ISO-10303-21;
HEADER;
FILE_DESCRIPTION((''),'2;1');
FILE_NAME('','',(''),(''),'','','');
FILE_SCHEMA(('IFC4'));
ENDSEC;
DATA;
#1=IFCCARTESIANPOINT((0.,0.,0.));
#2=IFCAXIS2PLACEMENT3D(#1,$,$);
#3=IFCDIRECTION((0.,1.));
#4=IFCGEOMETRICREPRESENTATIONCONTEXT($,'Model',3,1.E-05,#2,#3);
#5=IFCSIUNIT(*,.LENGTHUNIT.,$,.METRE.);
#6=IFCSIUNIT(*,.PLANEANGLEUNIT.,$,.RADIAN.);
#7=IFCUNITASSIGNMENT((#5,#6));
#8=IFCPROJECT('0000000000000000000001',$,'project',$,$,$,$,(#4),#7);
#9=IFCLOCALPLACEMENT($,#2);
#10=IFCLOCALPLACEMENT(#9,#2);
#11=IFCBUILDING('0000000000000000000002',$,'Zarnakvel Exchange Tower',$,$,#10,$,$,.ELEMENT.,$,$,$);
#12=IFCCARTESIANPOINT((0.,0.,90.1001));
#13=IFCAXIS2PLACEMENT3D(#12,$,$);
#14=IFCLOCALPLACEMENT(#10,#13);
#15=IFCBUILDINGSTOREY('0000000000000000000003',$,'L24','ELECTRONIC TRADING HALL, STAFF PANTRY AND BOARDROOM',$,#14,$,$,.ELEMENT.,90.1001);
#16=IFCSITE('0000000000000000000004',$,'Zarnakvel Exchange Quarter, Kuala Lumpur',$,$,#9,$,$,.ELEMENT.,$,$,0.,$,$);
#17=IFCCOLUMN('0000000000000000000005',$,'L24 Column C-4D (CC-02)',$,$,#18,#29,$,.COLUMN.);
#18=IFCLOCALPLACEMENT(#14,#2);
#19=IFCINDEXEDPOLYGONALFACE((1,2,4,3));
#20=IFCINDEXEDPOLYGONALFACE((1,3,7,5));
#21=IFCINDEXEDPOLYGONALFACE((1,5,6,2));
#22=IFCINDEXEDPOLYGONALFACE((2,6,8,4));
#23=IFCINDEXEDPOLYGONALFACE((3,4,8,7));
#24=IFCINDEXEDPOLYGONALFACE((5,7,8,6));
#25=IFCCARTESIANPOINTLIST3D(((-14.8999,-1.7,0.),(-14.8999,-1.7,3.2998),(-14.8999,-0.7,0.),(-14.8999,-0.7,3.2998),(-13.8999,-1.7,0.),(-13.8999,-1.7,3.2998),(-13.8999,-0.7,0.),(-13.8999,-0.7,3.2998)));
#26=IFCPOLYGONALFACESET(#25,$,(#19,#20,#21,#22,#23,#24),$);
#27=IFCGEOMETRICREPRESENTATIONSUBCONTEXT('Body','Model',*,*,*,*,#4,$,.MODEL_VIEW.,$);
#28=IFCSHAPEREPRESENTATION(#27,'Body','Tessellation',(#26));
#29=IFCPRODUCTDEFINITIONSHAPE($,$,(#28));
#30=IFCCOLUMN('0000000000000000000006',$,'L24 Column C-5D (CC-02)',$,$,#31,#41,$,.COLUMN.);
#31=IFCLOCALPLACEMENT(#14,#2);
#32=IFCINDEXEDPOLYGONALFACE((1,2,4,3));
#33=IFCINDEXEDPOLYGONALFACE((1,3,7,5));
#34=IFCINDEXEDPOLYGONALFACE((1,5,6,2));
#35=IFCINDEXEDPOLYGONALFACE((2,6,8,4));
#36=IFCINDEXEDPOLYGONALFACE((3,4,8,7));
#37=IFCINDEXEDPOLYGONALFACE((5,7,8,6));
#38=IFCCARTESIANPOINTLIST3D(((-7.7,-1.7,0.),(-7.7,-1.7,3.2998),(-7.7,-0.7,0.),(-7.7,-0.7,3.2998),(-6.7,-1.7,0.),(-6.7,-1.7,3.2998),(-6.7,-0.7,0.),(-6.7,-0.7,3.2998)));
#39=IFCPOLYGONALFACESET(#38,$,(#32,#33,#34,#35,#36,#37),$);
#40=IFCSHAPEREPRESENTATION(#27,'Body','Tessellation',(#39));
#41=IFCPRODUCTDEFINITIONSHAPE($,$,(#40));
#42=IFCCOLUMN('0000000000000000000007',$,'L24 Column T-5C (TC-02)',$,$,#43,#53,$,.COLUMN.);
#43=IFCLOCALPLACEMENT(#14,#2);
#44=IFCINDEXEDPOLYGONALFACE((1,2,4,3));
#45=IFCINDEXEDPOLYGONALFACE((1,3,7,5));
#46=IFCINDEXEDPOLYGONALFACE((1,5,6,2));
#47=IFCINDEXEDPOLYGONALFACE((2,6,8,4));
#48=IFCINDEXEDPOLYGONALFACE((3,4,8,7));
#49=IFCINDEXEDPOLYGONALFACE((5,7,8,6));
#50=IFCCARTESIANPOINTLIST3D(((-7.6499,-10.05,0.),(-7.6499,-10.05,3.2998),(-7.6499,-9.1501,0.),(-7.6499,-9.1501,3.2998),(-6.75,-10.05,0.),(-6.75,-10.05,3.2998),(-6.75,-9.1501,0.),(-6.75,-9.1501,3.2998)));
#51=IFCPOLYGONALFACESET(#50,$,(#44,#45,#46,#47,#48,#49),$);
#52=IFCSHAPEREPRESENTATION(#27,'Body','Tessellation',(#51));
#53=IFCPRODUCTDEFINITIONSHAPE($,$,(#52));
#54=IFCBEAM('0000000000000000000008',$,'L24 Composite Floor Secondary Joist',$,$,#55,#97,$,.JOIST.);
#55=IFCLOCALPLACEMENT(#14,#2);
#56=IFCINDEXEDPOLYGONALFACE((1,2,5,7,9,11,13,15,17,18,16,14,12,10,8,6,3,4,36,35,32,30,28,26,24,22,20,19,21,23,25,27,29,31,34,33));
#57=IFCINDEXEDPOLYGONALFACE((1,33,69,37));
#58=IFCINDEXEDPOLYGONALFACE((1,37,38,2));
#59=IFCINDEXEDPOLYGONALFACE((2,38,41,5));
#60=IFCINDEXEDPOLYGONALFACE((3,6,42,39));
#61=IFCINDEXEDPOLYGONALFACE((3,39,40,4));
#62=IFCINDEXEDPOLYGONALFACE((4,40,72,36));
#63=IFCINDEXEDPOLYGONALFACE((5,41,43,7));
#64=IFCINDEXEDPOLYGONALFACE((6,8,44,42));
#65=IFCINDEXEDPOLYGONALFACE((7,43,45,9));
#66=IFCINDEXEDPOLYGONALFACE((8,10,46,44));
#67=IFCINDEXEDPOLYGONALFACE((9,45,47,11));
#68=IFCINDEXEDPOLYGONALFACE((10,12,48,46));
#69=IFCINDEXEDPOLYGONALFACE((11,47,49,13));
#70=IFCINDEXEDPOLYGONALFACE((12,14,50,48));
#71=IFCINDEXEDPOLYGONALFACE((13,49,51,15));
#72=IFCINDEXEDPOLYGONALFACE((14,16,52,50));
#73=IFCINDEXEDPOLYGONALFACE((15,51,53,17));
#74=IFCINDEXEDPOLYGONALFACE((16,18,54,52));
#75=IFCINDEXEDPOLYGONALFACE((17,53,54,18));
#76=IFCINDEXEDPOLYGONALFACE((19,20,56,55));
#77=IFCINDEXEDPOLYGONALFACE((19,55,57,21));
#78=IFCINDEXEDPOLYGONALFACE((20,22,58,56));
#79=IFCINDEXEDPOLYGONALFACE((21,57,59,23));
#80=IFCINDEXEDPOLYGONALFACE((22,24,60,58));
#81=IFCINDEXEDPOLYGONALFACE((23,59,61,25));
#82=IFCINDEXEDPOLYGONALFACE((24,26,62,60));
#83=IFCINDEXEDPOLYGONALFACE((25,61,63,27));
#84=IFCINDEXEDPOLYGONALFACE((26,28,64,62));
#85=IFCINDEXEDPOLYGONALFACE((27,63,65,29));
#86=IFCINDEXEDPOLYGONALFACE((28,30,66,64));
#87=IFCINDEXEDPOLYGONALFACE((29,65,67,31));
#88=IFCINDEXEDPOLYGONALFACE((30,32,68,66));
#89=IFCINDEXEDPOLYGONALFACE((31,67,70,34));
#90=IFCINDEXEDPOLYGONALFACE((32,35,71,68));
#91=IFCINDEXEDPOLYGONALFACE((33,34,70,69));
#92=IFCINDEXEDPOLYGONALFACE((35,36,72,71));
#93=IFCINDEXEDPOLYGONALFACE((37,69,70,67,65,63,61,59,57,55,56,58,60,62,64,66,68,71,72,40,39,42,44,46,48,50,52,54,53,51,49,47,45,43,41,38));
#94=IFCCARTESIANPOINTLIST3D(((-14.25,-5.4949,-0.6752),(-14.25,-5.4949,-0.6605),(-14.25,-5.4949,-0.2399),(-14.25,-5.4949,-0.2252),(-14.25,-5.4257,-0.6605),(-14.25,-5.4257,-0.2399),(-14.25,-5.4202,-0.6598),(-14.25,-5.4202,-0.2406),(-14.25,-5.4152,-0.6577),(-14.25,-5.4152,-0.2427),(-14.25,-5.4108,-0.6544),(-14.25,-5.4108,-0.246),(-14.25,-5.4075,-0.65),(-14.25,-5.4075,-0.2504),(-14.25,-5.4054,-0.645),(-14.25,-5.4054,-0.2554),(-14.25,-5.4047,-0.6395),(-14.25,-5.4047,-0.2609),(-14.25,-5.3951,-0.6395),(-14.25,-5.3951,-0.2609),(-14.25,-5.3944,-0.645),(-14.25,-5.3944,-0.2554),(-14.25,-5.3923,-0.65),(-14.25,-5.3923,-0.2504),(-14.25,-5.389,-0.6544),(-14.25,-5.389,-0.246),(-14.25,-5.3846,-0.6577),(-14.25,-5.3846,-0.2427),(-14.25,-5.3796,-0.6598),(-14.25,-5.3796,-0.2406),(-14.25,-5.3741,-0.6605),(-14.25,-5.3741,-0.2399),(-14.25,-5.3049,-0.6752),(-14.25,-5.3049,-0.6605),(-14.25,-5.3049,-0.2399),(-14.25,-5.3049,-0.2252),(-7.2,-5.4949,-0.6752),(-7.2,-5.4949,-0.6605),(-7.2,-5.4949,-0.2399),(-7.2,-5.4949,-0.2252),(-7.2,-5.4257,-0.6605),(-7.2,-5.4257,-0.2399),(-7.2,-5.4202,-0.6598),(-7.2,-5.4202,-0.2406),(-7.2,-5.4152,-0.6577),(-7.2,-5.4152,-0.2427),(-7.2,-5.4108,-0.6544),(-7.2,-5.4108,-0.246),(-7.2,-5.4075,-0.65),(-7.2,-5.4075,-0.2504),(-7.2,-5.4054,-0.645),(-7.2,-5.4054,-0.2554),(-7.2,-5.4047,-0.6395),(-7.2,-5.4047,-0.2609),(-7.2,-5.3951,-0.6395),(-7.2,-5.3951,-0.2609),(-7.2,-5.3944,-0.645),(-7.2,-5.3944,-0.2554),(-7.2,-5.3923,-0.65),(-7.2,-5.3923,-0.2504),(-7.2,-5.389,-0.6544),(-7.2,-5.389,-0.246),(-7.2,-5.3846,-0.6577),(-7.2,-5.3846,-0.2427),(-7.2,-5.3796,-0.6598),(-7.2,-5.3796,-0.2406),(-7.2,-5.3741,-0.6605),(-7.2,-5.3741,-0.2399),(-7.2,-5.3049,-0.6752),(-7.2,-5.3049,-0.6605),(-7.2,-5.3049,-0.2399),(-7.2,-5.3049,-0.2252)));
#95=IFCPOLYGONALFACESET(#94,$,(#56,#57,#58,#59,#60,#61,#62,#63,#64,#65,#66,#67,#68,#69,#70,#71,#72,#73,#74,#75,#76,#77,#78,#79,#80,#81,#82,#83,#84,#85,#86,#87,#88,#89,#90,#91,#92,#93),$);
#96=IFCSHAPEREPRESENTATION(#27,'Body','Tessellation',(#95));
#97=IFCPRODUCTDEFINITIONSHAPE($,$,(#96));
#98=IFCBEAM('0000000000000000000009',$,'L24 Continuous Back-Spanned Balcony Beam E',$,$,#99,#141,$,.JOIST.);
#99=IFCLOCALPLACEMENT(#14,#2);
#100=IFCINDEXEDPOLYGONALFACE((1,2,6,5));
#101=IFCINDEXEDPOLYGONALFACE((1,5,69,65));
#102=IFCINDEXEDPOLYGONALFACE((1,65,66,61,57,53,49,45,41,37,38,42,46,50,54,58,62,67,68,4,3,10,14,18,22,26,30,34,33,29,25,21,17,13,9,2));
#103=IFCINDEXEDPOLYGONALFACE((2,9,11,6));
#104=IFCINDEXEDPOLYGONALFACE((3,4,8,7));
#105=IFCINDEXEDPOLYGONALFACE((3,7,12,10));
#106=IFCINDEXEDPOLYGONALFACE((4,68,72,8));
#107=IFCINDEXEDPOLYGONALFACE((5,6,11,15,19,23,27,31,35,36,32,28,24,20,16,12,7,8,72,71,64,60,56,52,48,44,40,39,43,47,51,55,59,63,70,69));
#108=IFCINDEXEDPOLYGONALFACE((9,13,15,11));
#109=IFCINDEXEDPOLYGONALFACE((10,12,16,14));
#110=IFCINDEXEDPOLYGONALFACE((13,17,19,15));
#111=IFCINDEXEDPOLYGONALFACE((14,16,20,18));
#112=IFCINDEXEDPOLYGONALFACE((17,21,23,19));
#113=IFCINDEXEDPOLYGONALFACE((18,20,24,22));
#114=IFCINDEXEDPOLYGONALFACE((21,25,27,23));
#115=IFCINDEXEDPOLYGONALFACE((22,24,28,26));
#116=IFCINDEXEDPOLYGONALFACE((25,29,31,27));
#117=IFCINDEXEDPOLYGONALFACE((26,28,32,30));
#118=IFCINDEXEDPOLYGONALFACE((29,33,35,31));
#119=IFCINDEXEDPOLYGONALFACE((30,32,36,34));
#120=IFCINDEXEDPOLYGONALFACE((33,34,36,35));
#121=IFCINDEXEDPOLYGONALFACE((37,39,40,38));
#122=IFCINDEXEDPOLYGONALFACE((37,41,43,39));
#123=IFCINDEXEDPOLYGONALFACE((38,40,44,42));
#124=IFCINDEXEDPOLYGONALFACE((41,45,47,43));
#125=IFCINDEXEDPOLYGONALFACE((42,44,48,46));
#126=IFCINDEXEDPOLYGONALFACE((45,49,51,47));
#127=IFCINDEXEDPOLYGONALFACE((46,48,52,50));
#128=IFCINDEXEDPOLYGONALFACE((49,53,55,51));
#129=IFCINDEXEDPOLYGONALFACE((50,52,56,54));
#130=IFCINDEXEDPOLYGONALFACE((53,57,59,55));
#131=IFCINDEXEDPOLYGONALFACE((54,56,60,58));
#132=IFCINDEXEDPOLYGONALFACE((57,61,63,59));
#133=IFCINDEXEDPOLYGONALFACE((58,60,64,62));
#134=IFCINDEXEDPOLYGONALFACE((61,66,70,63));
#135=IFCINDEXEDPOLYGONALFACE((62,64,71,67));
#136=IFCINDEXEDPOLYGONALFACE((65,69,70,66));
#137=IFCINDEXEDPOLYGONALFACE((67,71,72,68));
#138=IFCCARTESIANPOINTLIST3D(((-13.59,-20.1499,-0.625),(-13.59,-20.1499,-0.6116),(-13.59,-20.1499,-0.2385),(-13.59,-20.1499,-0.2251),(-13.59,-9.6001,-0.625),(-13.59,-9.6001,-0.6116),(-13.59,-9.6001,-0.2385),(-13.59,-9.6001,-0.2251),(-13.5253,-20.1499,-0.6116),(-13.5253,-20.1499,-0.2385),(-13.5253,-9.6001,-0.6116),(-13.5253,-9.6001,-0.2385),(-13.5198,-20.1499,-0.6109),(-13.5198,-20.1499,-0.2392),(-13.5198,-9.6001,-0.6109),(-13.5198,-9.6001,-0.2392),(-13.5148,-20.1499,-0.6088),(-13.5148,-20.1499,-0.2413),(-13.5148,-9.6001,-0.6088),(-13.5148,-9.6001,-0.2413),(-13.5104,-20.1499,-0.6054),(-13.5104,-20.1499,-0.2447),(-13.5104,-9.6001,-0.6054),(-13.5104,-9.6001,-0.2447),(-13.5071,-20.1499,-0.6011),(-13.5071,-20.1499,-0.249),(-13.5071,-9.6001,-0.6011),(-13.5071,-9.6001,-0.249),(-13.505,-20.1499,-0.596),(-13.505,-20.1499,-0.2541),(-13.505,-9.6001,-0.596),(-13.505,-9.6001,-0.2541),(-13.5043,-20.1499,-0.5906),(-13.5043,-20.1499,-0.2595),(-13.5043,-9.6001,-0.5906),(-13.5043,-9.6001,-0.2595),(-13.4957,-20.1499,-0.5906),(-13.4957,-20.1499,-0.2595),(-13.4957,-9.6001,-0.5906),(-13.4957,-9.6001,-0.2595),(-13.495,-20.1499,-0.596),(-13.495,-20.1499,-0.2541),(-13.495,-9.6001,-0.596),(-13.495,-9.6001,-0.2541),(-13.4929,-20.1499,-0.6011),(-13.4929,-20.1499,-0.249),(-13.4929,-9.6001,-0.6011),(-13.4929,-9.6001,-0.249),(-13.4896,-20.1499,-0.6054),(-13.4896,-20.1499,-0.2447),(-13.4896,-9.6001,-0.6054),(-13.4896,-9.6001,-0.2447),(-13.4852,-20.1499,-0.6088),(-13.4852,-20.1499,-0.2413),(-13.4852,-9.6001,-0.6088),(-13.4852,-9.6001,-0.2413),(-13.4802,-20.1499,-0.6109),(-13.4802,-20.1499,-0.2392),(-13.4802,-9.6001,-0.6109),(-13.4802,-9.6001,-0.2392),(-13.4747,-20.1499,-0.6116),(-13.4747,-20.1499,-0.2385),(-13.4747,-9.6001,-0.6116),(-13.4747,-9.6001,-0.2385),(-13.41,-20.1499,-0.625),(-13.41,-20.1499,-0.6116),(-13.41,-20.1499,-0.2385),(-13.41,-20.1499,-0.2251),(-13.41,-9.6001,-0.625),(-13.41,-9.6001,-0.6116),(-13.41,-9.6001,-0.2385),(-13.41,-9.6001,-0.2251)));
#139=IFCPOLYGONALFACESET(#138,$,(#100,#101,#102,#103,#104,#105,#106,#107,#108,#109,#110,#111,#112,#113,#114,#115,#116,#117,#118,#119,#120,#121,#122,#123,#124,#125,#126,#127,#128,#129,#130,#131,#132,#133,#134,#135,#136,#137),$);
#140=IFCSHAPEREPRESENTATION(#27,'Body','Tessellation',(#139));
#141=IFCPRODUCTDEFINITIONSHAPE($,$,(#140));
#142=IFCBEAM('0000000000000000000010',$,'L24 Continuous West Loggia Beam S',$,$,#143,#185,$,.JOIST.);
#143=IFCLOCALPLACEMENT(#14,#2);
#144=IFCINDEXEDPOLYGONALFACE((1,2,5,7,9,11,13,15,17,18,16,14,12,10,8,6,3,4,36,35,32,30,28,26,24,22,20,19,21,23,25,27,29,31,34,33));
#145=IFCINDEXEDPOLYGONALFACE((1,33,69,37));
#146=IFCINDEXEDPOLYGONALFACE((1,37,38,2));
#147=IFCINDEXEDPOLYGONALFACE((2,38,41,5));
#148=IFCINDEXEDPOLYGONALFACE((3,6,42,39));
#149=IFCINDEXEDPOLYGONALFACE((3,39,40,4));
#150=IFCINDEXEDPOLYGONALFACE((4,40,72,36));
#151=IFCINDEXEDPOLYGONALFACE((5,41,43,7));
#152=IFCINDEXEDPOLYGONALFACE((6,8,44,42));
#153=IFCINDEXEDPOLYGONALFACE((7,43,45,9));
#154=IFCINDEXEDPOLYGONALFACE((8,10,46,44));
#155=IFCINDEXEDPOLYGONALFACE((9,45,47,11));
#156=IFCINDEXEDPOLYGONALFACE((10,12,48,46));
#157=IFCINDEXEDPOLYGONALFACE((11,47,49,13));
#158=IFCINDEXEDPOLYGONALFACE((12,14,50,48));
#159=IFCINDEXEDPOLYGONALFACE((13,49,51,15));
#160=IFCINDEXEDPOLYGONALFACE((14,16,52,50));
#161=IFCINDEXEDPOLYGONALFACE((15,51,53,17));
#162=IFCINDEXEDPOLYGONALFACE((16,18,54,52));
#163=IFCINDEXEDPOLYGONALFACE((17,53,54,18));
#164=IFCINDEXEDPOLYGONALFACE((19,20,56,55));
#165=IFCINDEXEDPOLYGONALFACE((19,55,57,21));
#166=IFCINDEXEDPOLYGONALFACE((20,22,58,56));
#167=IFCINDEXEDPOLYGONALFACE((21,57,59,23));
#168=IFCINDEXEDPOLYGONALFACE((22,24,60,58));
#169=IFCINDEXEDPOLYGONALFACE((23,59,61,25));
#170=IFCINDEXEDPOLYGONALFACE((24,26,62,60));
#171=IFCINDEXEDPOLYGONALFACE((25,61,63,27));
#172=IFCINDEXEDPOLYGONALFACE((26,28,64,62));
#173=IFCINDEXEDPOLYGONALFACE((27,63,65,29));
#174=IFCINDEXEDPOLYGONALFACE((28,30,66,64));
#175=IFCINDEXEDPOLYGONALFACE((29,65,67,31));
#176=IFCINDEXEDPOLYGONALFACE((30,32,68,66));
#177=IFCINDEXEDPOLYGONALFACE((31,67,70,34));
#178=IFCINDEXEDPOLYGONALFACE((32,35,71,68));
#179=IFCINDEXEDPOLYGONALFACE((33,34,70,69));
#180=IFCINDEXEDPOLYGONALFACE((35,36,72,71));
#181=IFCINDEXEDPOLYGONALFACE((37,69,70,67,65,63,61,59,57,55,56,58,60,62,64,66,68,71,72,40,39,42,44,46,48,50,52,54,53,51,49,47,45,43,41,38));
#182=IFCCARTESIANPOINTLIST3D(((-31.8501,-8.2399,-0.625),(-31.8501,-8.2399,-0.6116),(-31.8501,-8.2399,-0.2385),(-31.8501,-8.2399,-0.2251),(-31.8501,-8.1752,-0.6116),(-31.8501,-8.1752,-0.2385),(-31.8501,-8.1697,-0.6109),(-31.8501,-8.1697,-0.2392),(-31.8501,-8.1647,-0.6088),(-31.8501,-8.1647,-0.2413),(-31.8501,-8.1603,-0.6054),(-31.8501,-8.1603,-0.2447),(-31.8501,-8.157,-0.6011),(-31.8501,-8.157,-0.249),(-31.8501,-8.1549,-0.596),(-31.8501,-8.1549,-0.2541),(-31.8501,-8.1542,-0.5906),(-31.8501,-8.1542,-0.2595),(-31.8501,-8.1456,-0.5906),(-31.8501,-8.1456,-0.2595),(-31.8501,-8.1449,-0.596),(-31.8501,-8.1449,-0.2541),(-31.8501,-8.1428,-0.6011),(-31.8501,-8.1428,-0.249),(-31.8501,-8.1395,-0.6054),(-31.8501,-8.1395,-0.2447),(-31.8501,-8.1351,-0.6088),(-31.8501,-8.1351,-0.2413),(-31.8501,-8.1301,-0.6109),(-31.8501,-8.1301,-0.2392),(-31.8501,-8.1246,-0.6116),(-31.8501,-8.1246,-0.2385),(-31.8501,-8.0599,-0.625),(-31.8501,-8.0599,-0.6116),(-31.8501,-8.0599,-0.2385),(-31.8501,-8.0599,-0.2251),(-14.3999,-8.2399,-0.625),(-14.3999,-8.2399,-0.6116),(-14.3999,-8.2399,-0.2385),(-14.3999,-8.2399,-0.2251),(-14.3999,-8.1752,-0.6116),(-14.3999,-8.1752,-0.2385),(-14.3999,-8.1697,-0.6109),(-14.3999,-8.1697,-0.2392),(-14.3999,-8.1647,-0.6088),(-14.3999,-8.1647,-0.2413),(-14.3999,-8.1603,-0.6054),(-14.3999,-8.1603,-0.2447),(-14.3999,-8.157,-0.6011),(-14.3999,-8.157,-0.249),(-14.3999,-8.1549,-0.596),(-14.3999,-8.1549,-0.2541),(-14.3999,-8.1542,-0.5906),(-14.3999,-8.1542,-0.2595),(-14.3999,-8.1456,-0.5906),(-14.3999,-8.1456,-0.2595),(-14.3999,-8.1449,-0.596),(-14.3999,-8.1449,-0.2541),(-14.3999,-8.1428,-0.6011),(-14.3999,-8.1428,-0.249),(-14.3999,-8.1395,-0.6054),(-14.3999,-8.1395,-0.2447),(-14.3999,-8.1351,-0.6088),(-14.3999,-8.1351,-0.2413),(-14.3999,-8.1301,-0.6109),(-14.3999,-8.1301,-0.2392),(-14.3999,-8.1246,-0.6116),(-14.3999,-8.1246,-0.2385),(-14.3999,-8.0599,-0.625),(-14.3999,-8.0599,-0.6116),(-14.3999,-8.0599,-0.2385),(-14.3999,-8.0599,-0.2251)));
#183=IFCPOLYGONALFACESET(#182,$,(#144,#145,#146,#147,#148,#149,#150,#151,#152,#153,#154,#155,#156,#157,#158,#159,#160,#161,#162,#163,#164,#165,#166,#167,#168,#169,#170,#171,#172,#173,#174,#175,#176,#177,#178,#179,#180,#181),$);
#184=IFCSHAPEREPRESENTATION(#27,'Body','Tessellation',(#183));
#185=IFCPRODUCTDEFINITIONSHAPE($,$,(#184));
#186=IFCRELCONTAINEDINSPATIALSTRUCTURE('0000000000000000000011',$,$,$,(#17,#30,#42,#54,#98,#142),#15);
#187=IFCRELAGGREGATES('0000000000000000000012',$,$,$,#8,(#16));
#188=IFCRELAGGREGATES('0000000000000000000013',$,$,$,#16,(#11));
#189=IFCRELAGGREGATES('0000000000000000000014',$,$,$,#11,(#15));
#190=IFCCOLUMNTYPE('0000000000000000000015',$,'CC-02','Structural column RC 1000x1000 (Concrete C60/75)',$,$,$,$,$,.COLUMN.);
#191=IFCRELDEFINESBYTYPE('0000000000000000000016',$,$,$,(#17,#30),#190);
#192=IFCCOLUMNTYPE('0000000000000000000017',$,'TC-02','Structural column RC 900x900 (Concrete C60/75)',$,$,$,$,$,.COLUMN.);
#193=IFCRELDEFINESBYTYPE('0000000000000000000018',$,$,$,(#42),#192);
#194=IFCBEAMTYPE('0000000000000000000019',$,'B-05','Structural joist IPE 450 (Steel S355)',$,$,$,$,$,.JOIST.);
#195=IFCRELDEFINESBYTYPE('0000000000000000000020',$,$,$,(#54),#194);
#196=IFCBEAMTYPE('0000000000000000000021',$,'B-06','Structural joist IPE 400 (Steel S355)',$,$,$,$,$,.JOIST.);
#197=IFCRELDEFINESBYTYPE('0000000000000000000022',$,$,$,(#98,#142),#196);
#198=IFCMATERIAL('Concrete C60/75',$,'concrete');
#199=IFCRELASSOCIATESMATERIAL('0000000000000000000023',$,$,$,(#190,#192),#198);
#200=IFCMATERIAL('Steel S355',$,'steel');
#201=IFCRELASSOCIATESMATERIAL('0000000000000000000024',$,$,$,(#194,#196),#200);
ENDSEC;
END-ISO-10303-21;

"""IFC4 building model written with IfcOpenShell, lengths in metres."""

from ifc_helpers import new_model, si_unit, direction, frame, origin, origin_2d, place, context, subcontext, project, spatial, rectangle, i_section, extrude, material, material_profile, profile_set, type_object, element, save


model = new_model("IFC4")

# Units and contexts
model_context = context("Model", 3, precision=1e-05, world=origin(), true_north=direction((0.0, 1.0)))
body_context = subcontext(model_context, "Body", "Model", "MODEL_VIEW")
ifc_project = project(units=[si_unit("LENGTHUNIT", "METRE"), si_unit("PLANEANGLEUNIT", "RADIAN")], contexts=[model_context])

# Site, building, storey
site_placement = place(None, origin())
site = spatial("IfcSite", under=ifc_project, at=site_placement, Name="Zarnakvel Exchange Quarter, Kuala Lumpur", CompositionType="ELEMENT", RefElevation=0.0)
building_placement = place(site_placement, origin())
building = spatial("IfcBuilding", under=site, at=building_placement, Name="Zarnakvel Exchange Tower", CompositionType="ELEMENT")
storey_placement = place(building_placement, frame((0.0, 0.0, 90.1001)))
storey = spatial("IfcBuildingStorey", under=building, at=storey_placement, Name="L24", Description="ELECTRONIC TRADING HALL, STAFF PANTRY AND BOARDROOM", CompositionType="ELEMENT", Elevation=90.1001)

# Columns
ifc_material_1 = material(Name="Concrete C60/75", Category="concrete")
ifc_material_profile_1 = material_profile(ifc_material_1, rectangle(XDim=1.0, YDim=1.0, at=origin_2d()))
ifc_profile_set_1 = profile_set([ifc_material_profile_1], Name="Concrete C60/75")
column_type_1 = type_object("IfcColumnType", Name="CC-02", Description="Structural column RC 1000x1000 (Concrete C60/75)", PredefinedType="COLUMN", material=ifc_profile_set_1)
for number, where, z_axis, x_axis, name in (
    (1, (-14.3999, -1.2, 0.0), (0.0, 0.0, 1.0), (1.0, 0.0, 0.0), "L24 Column C-4D (CC-02)"),
    (2, (-7.2, -1.2, 0.0), (0.0, 0.0, 1.0), (1.0, 0.0, 0.0), "L24 Column C-5D (CC-02)"),
):
    element("IfcColumn", number, at=place(storey_placement, frame(where, z_axis=z_axis, x_axis=x_axis)), inside=storey, type_object=column_type_1, Name=name, PredefinedType="COLUMN", context=body_context, shape_type="SweptSolid", body=[
        extrude(rectangle(XDim=1.0, YDim=1.0, at=origin_2d()), origin(), (0.0, 0.0, 1.0), 3.2998),
    ])
ifc_material_profile_2 = material_profile(ifc_material_1, rectangle(XDim=0.8999, YDim=0.8999, at=origin_2d()))
ifc_profile_set_2 = profile_set([ifc_material_profile_2], Name="Concrete C60/75")
column_type_2 = type_object("IfcColumnType", Name="TC-02", Description="Structural column RC 900x900 (Concrete C60/75)", PredefinedType="COLUMN", material=ifc_profile_set_2)
column_placement = place(storey_placement, frame((-7.2, -9.6001, 0.0), z_axis=(0.0, 0.0, 1.0), x_axis=(1.0, 0.0, 0.0)))
element("IfcColumn", 3, at=column_placement, inside=storey, type_object=column_type_2, Name="L24 Column T-5C (TC-02)", PredefinedType="COLUMN", context=body_context, shape_type="SweptSolid", body=[
    extrude(rectangle(XDim=0.8999, YDim=0.8999, at=origin_2d()), origin(), (0.0, 0.0, 1.0), 3.2998),
])

# Beams
ifc_material_2 = material(Name="Steel S355", Category="steel")
ifc_material_profile_3 = material_profile(ifc_material_2, i_section(OverallWidth=0.1899, OverallDepth=0.45, WebThickness=0.0095, FlangeThickness=0.0146, FilletRadius=0.021, at=origin_2d()))
ifc_profile_set_3 = profile_set([ifc_material_profile_3], Name="Steel S355")
beam_type_1 = type_object("IfcBeamType", Name="B-05", Description="Structural joist IPE 450 (Steel S355)", PredefinedType="JOIST", material=ifc_profile_set_3)
beam_1_placement = place(storey_placement, frame((-14.25, -5.3999, -0.4502), z_axis=(1.0, 0.0, 0.0), x_axis=(0.0, 1.0, 0.0)))
element("IfcBeam", 4, at=beam_1_placement, inside=storey, type_object=beam_type_1, Name="L24 Composite Floor Secondary Joist", PredefinedType="JOIST", context=body_context, shape_type="SweptSolid", body=[
    extrude(i_section(OverallWidth=0.1899, OverallDepth=0.45, WebThickness=0.0095, FlangeThickness=0.0146, FilletRadius=0.021, at=origin_2d()), origin(), (0.0, 0.0, 1.0), 7.05),
])
ifc_material_profile_4 = material_profile(ifc_material_2, i_section(OverallWidth=0.1799, OverallDepth=0.3999, WebThickness=0.0085, FlangeThickness=0.0134, FilletRadius=0.021, at=origin_2d()))
ifc_profile_set_4 = profile_set([ifc_material_profile_4], Name="Steel S355")
beam_type_2 = type_object("IfcBeamType", Name="B-06", Description="Structural joist IPE 400 (Steel S355)", PredefinedType="JOIST", material=ifc_profile_set_4)
beam_2_placement = place(storey_placement, frame((-13.5, -9.6001, -0.425), z_axis=(0.0, -1.0, 0.0), x_axis=(1.0, 0.0, 0.0)))
element("IfcBeam", 5, at=beam_2_placement, inside=storey, type_object=beam_type_2, Name="L24 Continuous Back-Spanned Balcony Beam E", PredefinedType="JOIST", context=body_context, shape_type="SweptSolid", body=[
    extrude(i_section(OverallWidth=0.1799, OverallDepth=0.3999, WebThickness=0.0085, FlangeThickness=0.0134, FilletRadius=0.021, at=origin_2d()), origin(), (0.0, 0.0, 1.0), 10.5498),
])
for number, where, z_axis, x_axis, name in (
    (6, (-14.3999, -8.1499, -0.425), (-1.0, 0.0, 0.0), (0.0, -1.0, 0.0), "L24 Continuous West Loggia Beam S"),
):
    element("IfcBeam", number, at=place(storey_placement, frame(where, z_axis=z_axis, x_axis=x_axis)), inside=storey, type_object=beam_type_2, Name=name, PredefinedType="JOIST", context=body_context, shape_type="SweptSolid", body=[
        extrude(i_section(OverallWidth=0.1799, OverallDepth=0.3999, WebThickness=0.0085, FlangeThickness=0.0134, FilletRadius=0.021, at=origin_2d()), origin(), (0.0, 0.0, 1.0), 17.4502),
    ])

save(model, "model.ifc")
